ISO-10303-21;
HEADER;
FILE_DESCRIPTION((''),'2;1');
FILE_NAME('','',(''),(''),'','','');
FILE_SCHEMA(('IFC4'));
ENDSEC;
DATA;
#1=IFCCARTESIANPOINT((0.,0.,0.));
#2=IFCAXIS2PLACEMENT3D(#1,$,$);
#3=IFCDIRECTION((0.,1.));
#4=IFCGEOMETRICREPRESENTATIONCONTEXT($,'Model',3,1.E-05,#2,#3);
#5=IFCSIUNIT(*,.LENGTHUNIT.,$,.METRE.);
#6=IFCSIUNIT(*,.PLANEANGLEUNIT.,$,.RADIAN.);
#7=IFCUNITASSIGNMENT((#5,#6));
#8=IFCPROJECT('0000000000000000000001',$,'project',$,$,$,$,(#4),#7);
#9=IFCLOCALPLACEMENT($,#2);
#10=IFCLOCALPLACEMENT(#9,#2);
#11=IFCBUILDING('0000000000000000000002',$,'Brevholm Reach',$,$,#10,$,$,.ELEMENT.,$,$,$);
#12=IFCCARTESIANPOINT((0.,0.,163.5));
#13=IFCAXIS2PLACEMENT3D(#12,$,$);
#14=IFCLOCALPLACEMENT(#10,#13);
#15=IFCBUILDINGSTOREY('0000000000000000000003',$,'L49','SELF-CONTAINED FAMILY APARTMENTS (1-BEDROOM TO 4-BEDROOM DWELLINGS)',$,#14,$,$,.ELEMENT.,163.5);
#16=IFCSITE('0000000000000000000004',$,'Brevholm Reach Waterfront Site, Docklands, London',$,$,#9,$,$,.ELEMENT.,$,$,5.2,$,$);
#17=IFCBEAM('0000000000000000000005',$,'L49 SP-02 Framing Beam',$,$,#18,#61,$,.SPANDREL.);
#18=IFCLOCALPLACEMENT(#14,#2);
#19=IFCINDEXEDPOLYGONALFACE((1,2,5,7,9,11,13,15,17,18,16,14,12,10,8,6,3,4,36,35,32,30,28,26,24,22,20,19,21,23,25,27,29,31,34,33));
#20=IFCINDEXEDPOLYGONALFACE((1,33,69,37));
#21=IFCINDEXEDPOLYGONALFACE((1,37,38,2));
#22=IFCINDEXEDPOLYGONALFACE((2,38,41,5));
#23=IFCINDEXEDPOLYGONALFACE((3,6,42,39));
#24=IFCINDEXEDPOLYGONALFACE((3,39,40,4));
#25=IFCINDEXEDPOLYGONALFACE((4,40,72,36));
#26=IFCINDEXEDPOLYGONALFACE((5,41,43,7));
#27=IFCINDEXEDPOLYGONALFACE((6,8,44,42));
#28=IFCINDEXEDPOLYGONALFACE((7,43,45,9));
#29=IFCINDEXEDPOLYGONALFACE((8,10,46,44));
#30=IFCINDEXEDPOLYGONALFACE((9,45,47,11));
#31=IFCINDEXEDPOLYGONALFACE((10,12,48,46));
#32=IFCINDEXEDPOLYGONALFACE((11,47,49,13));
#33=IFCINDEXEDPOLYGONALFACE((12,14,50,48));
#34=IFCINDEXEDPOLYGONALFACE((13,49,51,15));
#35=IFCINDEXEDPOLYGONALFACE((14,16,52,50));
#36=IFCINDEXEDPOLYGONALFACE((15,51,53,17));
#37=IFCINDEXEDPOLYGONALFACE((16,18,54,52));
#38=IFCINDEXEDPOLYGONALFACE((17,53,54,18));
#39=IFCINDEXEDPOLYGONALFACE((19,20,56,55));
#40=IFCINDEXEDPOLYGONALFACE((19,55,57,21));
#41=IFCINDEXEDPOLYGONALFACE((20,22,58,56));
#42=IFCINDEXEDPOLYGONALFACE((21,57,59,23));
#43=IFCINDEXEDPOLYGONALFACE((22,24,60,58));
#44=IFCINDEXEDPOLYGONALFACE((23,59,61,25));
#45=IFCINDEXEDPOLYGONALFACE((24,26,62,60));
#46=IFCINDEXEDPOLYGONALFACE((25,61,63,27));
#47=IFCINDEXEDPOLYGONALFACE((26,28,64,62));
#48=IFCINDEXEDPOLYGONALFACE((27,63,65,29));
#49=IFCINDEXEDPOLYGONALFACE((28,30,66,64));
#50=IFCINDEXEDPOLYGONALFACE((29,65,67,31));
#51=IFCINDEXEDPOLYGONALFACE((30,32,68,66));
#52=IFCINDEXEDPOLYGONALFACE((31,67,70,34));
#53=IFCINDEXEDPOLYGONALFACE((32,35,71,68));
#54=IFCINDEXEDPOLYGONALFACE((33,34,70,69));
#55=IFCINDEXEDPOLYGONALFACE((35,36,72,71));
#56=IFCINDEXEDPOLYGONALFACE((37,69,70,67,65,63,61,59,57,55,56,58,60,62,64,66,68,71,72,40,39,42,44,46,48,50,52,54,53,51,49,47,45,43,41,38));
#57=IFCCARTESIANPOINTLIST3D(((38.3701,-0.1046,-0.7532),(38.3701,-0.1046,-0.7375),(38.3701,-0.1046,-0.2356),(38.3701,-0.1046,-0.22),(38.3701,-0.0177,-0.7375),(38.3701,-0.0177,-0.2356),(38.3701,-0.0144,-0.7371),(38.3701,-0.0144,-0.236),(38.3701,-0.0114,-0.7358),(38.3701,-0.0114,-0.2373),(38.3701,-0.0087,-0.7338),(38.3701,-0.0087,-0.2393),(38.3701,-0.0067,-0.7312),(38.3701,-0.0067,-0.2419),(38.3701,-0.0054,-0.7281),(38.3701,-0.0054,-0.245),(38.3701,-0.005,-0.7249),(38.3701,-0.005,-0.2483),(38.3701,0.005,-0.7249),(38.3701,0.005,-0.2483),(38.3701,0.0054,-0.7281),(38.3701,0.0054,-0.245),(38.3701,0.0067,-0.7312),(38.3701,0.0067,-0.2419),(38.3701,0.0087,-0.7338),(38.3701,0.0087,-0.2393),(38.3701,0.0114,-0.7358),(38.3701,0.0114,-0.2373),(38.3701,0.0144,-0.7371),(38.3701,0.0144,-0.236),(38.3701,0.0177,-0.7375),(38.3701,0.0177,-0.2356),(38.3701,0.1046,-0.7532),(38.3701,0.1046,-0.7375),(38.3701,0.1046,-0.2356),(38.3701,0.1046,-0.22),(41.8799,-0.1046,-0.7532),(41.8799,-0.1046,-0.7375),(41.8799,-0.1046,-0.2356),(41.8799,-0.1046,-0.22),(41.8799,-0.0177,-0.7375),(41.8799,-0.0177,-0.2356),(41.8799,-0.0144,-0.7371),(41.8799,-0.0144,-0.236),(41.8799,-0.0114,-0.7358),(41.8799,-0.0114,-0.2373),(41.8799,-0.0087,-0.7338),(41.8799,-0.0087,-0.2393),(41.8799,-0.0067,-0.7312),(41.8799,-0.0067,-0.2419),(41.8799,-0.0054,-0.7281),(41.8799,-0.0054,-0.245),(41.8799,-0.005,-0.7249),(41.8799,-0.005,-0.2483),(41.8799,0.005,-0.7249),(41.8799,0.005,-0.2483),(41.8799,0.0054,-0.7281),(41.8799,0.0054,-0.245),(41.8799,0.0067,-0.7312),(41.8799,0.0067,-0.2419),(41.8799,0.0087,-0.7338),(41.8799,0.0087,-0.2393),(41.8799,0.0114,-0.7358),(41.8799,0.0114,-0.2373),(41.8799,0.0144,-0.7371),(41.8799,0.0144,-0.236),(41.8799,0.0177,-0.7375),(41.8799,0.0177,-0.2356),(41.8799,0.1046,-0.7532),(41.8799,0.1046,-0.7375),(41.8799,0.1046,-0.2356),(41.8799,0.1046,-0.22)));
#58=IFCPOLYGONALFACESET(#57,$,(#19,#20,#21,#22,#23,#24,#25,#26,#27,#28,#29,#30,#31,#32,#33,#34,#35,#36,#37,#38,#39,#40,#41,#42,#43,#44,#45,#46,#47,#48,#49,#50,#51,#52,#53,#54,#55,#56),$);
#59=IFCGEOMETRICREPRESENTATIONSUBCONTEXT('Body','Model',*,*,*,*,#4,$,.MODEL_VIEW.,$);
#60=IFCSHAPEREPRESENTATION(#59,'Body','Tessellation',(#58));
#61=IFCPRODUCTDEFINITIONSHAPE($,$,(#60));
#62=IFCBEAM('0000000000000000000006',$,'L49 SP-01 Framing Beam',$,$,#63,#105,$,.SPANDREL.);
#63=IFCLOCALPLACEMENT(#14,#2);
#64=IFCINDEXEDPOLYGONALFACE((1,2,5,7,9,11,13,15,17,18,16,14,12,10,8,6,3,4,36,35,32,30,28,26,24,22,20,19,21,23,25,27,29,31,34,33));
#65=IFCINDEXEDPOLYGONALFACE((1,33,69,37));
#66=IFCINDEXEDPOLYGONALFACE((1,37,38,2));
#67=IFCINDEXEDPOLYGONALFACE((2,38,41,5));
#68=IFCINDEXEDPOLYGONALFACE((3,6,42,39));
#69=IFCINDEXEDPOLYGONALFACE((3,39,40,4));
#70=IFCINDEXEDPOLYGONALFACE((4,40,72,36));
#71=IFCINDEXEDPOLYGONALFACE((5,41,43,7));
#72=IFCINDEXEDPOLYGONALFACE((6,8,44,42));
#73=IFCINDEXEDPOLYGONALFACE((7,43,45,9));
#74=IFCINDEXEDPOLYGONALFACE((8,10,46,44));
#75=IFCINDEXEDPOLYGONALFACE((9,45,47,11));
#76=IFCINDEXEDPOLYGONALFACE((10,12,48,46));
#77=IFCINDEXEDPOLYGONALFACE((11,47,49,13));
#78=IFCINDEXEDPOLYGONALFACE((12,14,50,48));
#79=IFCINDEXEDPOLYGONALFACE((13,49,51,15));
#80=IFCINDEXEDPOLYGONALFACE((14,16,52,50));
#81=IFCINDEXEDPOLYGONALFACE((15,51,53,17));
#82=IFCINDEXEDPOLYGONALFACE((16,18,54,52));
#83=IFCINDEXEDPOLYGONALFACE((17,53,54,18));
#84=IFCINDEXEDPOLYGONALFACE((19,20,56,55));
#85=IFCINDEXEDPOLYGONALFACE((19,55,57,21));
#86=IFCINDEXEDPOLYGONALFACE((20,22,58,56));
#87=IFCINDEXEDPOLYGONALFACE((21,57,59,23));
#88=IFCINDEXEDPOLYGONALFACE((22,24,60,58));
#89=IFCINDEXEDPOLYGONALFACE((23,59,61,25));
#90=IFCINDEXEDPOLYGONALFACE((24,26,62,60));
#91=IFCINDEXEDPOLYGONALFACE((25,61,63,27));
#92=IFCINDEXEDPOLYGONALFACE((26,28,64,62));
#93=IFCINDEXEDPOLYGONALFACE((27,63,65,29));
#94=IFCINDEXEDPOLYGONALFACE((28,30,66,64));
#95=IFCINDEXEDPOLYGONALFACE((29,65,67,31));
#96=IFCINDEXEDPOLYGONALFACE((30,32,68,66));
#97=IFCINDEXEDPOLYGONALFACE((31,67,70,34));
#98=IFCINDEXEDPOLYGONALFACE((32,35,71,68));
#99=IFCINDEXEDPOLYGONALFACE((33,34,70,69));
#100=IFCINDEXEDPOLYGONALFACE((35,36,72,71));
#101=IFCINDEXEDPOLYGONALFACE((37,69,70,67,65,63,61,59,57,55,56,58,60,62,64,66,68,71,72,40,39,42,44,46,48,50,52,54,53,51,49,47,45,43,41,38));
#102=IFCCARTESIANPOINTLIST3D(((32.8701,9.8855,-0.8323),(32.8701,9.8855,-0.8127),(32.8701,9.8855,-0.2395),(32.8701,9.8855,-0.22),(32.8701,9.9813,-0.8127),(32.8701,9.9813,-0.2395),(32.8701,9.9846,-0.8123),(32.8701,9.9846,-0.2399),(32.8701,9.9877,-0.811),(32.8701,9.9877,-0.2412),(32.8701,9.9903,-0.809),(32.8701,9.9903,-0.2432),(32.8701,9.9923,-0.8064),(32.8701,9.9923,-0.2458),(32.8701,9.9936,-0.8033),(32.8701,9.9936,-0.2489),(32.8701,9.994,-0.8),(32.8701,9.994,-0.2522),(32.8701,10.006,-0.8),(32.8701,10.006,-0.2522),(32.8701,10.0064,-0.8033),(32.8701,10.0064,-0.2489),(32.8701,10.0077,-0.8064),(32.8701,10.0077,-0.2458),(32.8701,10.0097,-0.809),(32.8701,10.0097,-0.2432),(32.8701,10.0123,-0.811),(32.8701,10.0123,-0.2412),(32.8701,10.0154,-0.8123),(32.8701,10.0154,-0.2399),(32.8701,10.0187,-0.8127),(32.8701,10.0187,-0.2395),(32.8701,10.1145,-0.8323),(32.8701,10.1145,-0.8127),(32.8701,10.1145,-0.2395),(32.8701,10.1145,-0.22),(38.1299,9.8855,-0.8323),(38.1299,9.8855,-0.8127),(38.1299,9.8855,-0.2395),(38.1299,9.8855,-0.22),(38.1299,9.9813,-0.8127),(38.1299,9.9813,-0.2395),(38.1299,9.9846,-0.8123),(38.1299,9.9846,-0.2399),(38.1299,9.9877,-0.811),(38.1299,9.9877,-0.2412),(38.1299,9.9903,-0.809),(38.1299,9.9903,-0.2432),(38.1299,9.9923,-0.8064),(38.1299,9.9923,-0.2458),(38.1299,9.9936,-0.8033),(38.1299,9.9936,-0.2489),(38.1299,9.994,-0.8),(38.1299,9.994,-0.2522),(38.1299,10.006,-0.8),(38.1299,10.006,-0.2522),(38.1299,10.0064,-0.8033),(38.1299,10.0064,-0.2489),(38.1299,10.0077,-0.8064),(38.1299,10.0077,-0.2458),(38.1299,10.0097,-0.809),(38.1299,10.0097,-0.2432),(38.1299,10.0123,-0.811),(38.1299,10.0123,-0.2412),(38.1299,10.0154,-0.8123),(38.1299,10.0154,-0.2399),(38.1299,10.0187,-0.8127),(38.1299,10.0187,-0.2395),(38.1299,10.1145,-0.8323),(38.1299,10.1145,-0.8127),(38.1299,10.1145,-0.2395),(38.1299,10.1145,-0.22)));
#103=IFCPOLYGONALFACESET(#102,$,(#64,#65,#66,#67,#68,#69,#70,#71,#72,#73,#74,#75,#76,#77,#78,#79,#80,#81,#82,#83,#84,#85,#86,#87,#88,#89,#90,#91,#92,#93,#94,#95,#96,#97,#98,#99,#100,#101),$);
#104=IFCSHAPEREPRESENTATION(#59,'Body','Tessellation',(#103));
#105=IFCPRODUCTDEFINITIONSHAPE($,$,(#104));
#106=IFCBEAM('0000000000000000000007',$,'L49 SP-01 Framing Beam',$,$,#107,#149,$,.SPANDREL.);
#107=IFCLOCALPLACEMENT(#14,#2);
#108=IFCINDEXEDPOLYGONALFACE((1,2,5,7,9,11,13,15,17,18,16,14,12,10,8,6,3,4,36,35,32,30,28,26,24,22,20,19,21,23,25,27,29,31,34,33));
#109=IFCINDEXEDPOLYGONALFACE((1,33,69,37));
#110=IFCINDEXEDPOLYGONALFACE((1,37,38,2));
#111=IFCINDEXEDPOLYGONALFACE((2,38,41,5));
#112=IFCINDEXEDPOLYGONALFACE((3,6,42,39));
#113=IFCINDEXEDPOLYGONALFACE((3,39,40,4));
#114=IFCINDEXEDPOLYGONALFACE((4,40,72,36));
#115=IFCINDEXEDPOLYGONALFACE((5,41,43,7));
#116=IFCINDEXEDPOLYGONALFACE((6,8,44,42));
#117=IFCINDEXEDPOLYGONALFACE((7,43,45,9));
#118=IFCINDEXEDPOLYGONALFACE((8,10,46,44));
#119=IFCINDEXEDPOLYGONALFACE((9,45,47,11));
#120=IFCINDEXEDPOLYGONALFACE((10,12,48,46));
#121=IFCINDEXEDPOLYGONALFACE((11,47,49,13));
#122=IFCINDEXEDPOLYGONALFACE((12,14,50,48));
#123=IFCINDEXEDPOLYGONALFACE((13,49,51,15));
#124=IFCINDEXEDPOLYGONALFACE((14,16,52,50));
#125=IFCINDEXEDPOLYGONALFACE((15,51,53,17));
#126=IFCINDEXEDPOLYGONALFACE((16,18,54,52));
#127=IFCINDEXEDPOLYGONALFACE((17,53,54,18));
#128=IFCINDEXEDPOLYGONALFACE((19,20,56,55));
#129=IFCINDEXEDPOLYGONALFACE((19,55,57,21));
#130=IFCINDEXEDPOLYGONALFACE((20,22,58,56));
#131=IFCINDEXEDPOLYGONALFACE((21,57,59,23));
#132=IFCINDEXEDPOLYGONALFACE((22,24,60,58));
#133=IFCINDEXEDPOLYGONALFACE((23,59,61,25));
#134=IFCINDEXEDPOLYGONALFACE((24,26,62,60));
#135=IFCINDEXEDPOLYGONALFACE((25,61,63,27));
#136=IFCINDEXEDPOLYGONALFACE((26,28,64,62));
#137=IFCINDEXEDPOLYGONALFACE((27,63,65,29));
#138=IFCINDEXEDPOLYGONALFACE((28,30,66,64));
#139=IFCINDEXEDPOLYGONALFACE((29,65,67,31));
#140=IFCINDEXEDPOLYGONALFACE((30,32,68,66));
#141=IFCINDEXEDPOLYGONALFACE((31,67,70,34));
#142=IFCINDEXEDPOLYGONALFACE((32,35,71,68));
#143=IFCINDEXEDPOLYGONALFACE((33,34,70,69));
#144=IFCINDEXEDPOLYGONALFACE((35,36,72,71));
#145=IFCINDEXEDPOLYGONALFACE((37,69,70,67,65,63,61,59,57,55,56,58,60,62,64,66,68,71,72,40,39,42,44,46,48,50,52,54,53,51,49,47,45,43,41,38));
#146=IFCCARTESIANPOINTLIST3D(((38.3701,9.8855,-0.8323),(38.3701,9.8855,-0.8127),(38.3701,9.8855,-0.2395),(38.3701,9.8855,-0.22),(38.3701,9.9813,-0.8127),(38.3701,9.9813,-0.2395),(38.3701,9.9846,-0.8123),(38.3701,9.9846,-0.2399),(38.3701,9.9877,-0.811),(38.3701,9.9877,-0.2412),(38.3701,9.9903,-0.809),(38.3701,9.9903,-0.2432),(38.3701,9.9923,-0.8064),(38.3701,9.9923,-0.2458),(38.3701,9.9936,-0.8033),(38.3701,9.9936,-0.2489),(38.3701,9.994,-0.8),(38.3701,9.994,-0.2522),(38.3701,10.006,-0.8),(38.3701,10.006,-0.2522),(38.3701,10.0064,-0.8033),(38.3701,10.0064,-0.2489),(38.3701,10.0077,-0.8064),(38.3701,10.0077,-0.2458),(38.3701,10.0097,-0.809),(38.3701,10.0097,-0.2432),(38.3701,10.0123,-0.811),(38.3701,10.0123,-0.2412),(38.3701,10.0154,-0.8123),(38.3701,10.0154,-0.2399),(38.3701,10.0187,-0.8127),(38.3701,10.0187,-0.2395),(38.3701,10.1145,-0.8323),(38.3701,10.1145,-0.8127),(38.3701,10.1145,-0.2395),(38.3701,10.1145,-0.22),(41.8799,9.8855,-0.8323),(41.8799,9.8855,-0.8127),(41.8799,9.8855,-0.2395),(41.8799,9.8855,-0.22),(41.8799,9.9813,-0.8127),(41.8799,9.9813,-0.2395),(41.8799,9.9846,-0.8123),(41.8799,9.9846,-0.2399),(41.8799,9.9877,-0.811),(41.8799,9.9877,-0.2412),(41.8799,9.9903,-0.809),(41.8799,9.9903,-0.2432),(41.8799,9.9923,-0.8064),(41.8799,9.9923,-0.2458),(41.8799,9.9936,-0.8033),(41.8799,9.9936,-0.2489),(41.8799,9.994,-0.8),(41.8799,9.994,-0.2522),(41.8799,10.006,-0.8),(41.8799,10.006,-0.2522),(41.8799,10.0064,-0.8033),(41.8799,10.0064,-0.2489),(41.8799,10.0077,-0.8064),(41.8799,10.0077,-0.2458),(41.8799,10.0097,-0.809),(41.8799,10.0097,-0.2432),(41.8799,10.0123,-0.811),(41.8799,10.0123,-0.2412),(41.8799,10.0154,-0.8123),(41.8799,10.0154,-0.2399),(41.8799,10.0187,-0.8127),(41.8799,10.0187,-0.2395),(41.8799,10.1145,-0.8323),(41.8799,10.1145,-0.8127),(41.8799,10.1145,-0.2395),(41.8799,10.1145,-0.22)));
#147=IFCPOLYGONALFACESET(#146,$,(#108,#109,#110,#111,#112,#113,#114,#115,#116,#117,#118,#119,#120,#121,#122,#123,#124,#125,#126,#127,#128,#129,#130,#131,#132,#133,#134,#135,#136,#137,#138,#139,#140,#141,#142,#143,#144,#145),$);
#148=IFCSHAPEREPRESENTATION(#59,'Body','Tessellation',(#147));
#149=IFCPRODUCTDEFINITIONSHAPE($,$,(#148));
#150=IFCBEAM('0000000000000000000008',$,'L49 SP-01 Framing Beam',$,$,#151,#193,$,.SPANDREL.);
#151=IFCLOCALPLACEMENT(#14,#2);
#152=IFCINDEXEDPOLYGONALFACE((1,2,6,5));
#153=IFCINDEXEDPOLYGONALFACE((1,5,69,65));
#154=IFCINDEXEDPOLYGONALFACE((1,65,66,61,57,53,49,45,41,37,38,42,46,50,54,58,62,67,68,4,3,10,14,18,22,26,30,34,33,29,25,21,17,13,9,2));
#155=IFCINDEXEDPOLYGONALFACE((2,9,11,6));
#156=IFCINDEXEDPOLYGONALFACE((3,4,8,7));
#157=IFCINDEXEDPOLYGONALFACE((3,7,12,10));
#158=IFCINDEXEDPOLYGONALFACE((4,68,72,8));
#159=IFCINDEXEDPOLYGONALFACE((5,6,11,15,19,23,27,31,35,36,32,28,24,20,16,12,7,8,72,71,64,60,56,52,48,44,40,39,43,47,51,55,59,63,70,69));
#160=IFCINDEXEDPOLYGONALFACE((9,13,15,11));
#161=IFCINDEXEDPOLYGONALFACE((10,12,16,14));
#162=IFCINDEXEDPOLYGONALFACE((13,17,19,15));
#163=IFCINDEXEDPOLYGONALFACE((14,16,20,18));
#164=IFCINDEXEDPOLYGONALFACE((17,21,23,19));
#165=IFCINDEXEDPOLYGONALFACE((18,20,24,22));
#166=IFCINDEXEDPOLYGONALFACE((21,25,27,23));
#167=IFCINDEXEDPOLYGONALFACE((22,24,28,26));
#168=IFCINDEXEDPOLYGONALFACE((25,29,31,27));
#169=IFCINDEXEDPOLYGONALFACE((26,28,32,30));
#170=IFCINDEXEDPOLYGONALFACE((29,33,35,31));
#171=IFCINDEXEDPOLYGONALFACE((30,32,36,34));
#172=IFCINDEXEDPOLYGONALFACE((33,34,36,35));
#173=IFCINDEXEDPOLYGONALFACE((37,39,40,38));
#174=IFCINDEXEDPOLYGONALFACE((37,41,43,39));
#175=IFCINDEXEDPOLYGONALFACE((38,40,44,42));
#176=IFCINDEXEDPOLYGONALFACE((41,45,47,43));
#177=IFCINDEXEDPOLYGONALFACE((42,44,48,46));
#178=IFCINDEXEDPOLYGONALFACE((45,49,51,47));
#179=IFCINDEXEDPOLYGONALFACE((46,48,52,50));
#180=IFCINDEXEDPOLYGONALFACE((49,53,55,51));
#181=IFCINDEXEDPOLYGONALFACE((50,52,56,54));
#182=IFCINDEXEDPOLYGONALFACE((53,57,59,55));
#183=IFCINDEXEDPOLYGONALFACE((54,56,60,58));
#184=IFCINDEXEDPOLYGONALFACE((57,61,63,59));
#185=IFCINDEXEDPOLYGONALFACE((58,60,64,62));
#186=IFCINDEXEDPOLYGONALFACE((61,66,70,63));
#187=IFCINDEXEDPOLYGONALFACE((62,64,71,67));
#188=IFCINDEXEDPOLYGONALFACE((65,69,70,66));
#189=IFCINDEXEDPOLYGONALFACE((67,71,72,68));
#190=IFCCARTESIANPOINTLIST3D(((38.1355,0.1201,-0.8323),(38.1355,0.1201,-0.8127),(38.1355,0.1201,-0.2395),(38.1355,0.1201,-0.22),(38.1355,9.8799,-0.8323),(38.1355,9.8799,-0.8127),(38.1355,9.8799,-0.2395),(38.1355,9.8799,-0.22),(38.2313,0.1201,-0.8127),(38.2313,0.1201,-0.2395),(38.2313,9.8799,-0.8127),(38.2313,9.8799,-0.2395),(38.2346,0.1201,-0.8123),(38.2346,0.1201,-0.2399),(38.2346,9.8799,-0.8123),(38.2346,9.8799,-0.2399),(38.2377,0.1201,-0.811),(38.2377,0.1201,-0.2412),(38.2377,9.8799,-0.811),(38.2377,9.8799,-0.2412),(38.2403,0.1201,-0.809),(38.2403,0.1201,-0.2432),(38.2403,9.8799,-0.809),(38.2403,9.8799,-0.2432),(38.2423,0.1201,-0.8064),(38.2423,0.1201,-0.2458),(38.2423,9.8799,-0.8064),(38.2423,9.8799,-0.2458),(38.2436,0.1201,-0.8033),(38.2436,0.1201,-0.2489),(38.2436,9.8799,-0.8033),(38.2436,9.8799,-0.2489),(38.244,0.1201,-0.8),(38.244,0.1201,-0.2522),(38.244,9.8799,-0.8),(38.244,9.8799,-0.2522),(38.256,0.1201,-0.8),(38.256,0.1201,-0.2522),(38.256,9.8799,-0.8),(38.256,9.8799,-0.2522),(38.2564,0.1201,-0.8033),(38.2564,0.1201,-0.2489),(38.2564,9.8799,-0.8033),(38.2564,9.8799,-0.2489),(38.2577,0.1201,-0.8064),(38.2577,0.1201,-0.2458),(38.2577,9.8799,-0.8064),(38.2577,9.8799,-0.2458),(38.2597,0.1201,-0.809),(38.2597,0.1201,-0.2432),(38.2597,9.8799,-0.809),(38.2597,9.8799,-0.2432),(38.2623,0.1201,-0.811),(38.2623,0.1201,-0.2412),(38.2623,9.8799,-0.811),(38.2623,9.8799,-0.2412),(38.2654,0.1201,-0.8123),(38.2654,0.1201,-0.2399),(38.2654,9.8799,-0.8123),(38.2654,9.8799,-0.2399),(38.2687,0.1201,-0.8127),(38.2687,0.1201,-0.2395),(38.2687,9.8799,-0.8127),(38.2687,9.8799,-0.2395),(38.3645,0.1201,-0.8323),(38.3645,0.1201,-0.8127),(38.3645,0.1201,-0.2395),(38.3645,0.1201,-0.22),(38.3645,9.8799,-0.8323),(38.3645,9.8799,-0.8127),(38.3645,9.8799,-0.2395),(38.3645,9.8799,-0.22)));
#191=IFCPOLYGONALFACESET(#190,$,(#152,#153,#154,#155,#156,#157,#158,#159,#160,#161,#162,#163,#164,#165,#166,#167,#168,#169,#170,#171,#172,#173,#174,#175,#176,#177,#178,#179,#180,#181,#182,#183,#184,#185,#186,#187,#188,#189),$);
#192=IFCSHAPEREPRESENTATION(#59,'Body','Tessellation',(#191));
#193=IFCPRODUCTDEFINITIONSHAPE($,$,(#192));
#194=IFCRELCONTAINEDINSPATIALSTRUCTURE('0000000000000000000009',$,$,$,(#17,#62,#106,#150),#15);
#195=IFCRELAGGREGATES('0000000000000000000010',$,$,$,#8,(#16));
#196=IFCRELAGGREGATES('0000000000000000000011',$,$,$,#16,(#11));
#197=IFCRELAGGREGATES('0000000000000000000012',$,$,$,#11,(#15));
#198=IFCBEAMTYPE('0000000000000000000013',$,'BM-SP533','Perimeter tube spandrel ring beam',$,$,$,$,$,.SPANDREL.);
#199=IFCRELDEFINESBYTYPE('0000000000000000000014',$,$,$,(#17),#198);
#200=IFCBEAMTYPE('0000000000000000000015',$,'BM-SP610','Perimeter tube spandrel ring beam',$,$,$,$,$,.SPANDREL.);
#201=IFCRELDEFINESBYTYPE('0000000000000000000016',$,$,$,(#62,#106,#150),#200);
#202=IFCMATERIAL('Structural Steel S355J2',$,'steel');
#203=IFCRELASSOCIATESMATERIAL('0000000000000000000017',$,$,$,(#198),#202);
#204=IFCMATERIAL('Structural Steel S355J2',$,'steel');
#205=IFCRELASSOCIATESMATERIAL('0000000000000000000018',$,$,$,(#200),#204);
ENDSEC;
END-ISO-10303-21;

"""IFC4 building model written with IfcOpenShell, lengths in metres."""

from ifc_helpers import new_model, si_unit, direction, frame, origin, origin_2d, place, context, subcontext, project, spatial, i_section, extrude, material, material_profile, profile_set, type_object, element, save


model = new_model("IFC4")

# Units and contexts
model_context = context("Model", 3, precision=1e-05, world=origin(), true_north=direction((0.0, 1.0)))
body_context = subcontext(model_context, "Body", "Model", "MODEL_VIEW")
ifc_project = project(units=[si_unit("LENGTHUNIT", "METRE"), si_unit("PLANEANGLEUNIT", "RADIAN")], contexts=[model_context])

# Site, building, storey
site_placement = place(None, origin())
site = spatial("IfcSite", under=ifc_project, at=site_placement, Name="Brevholm Reach Waterfront Site, Docklands, London", CompositionType="ELEMENT", RefElevation=5.2)
building_placement = place(site_placement, origin())
building = spatial("IfcBuilding", under=site, at=building_placement, Name="Brevholm Reach", CompositionType="ELEMENT")
storey_placement = place(building_placement, frame((0.0, 0.0, 163.5)))
storey = spatial("IfcBuildingStorey", under=building, at=storey_placement, Name="L49", Description="SELF-CONTAINED FAMILY APARTMENTS (1-BEDROOM TO 4-BEDROOM DWELLINGS)", CompositionType="ELEMENT", Elevation=163.5)

# Beams
ifc_material_1 = material(Name="Structural Steel S355J2", Category="steel")
ifc_material_profile_1 = material_profile(ifc_material_1, i_section(OverallWidth=0.2092, OverallDepth=0.5332, WebThickness=0.01, FlangeThickness=0.0156, FilletRadius=0.0127, at=origin_2d()), Name="UKB 533x210x92")
ifc_profile_set_1 = profile_set([ifc_material_profile_1], Name="Structural Steel S355J2")
beam_type_1 = type_object("IfcBeamType", Name="BM-SP533", Description="Perimeter tube spandrel ring beam", PredefinedType="SPANDREL", material=ifc_profile_set_1)
beam_1_placement = place(storey_placement, frame((38.3701, 0.0, -0.4866), z_axis=(1.0, 0.0, 0.0), x_axis=(0.0, 1.0, 0.0)))
element("IfcBeam", 1, at=beam_1_placement, inside=storey, type_object=beam_type_1, Name="L49 SP-02 Framing Beam", PredefinedType="SPANDREL", context=body_context, shape_type="SweptSolid", body=[
    extrude(i_section(OverallWidth=0.2092, OverallDepth=0.5332, WebThickness=0.01, FlangeThickness=0.0156, FilletRadius=0.0127, at=origin_2d()), origin(), (0.0, 0.0, 1.0), 3.5098),
])
ifc_material_2 = material(Name="Structural Steel S355J2", Category="steel")
ifc_material_profile_2 = material_profile(ifc_material_2, i_section(OverallWidth=0.229, OverallDepth=0.6123, WebThickness=0.012, FlangeThickness=0.0195, FilletRadius=0.0127, at=origin_2d()), Name="UKB 610x229x125")
ifc_profile_set_2 = profile_set([ifc_material_profile_2], Name="Structural Steel S355J2")
beam_type_2 = type_object("IfcBeamType", Name="BM-SP610", Description="Perimeter tube spandrel ring beam", PredefinedType="SPANDREL", material=ifc_profile_set_2)
beam_2_placement = place(storey_placement, frame((32.8701, 10.0, -0.5261), z_axis=(1.0, 0.0, 0.0), x_axis=(0.0, 1.0, 0.0)))
element("IfcBeam", 2, at=beam_2_placement, inside=storey, type_object=beam_type_2, Name="L49 SP-01 Framing Beam", PredefinedType="SPANDREL", context=body_context, shape_type="SweptSolid", body=[
    extrude(i_section(OverallWidth=0.229, OverallDepth=0.6123, WebThickness=0.012, FlangeThickness=0.0195, FilletRadius=0.0127, at=origin_2d()), origin(), (0.0, 0.0, 1.0), 5.2598),
])
beam_3_placement = place(storey_placement, frame((38.3701, 10.0, -0.5261), z_axis=(1.0, 0.0, 0.0), x_axis=(0.0, 1.0, 0.0)))
element("IfcBeam", 3, at=beam_3_placement, inside=storey, type_object=beam_type_2, Name="L49 SP-01 Framing Beam", PredefinedType="SPANDREL", context=body_context, shape_type="SweptSolid", body=[
    extrude(i_section(OverallWidth=0.229, OverallDepth=0.6123, WebThickness=0.012, FlangeThickness=0.0195, FilletRadius=0.0127, at=origin_2d()), origin(), (0.0, 0.0, 1.0), 3.5098),
])
beam_4_placement = place(storey_placement, frame((38.25, 0.1201, -0.5261), z_axis=(0.0, 1.0, 0.0), x_axis=(-1.0, 0.0, 0.0)))
element("IfcBeam", 4, at=beam_4_placement, inside=storey, type_object=beam_type_2, Name="L49 SP-01 Framing Beam", PredefinedType="SPANDREL", context=body_context, shape_type="SweptSolid", body=[
    extrude(i_section(OverallWidth=0.229, OverallDepth=0.6123, WebThickness=0.012, FlangeThickness=0.0195, FilletRadius=0.0127, at=origin_2d()), origin(), (0.0, 0.0, 1.0), 9.7598),
])

save(model, "model.ifc")
